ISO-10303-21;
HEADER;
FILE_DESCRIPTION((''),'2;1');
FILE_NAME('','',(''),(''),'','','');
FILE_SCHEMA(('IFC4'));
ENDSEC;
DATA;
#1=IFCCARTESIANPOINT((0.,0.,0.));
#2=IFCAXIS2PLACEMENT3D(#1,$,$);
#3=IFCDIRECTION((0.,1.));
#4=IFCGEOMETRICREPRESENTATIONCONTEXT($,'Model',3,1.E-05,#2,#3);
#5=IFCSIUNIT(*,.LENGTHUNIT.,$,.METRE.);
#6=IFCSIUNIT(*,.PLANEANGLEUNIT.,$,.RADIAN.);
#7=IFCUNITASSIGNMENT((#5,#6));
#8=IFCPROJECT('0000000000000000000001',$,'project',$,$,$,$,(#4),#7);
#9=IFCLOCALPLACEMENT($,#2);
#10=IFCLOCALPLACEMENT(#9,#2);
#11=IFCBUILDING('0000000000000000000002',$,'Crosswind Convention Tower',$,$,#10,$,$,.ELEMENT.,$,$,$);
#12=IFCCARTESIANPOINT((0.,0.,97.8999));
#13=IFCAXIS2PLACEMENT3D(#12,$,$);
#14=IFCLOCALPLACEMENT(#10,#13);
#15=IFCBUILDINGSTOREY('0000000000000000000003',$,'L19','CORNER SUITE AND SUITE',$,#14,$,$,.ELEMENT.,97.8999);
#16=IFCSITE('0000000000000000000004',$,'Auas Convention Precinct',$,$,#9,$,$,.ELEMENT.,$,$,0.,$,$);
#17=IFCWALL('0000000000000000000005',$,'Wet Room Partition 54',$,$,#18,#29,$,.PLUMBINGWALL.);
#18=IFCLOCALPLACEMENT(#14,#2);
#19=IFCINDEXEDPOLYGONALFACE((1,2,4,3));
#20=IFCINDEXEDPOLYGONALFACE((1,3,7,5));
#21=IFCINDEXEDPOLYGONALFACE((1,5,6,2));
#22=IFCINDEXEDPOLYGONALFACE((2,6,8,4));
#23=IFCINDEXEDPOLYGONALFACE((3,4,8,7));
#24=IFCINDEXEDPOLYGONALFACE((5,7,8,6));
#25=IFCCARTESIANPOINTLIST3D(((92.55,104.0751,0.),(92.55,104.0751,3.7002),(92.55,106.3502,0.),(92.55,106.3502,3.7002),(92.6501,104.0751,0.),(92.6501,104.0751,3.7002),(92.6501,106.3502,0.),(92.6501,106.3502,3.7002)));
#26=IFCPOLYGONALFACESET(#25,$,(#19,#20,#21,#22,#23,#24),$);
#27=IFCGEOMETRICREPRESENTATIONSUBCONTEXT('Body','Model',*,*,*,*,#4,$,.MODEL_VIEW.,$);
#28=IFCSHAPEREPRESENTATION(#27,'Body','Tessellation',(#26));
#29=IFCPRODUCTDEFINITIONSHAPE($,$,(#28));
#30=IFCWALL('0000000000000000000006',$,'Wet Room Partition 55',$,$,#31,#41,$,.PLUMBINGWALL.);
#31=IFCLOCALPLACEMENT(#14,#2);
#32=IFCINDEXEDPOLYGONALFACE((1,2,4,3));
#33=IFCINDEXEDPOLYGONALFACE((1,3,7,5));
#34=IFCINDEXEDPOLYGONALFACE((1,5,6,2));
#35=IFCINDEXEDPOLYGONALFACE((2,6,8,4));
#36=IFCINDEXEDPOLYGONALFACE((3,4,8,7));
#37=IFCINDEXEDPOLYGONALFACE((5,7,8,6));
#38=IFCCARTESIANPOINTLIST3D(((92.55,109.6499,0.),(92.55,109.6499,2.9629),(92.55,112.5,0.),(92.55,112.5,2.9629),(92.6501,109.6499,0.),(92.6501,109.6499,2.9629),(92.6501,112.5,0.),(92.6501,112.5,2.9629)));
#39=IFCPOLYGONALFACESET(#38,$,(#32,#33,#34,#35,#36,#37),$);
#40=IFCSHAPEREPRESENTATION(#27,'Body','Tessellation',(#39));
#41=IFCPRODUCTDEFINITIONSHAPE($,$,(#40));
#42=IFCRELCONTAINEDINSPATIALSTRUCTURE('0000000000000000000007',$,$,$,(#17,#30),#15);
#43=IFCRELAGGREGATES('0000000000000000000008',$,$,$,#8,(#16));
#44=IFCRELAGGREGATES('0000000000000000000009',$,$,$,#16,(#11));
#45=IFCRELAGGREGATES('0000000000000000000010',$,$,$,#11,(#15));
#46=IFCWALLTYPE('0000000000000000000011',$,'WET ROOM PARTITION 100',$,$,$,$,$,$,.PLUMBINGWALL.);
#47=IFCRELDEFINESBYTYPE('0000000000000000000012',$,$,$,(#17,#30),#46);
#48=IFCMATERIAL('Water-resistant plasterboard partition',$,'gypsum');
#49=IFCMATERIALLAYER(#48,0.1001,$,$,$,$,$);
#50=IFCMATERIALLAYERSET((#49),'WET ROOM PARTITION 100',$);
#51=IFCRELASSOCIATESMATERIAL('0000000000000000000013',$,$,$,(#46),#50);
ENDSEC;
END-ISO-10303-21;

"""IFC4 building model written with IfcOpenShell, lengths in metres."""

from ifc_helpers import new_model, si_unit, direction, frame, frame_2d, origin, place, context, subcontext, project, spatial, rectangle, extrude, material, layer, layer_set, type_object, element, save


model = new_model("IFC4")

# Units and contexts
model_context = context("Model", 3, precision=1e-05, world=origin(), true_north=direction((0.0, 1.0)))
body_context = subcontext(model_context, "Body", "Model", "MODEL_VIEW")
ifc_project = project(units=[si_unit("LENGTHUNIT", "METRE"), si_unit("PLANEANGLEUNIT", "RADIAN")], contexts=[model_context])

# Site, building, storey
site_placement = place(None, origin())
site = spatial("IfcSite", under=ifc_project, at=site_placement, Name="Auas Convention Precinct", CompositionType="ELEMENT", RefElevation=0.0)
building_placement = place(site_placement, origin())
building = spatial("IfcBuilding", under=site, at=building_placement, Name="Crosswind Convention Tower", CompositionType="ELEMENT")
storey_placement = place(building_placement, frame((0.0, 0.0, 97.8999)))
storey = spatial("IfcBuildingStorey", under=building, at=storey_placement, Name="L19", Description="CORNER SUITE AND SUITE", CompositionType="ELEMENT", Elevation=97.8999)

# Shared definitions
ifc_material_1 = material(Name="Water-resistant plasterboard partition", Category="gypsum")
ifc_layer_1 = layer(ifc_material_1, 0.1001)
ifc_layer_set_1 = layer_set([ifc_layer_1], Name="WET ROOM PARTITION 100")
wall_type_1 = type_object("IfcWallType", Name="WET ROOM PARTITION 100", PredefinedType="PLUMBINGWALL", material=ifc_layer_set_1)

# Walls
for number, where, z_axis, x_axis, name in (
    (1, (92.6001, 104.075, 0.0), (0.0, 0.0, 1.0), (0.0, 1.0, 0.0), "Wet Room Partition 54"),
):
    element("IfcWall", number, at=place(storey_placement, frame(where, z_axis=z_axis, x_axis=x_axis)), inside=storey, type_object=wall_type_1, Name=name, PredefinedType="PLUMBINGWALL", context=body_context, shape_type="SweptSolid", body=[
        extrude(rectangle(XDim=2.2751, YDim=0.1001, at=frame_2d((1.1377, 0.0))), origin(), (0.0, 0.0, 1.0), 3.7002),
    ])
wall_1_placement = place(storey_placement, frame((92.6001, 109.6499, 0.0), z_axis=(0.0, 0.0, 1.0), x_axis=(0.0, 1.0, 0.0)))
element("IfcWall", 2, at=wall_1_placement, inside=storey, type_object=wall_type_1, Name="Wet Room Partition 55", PredefinedType="PLUMBINGWALL", context=body_context, shape_type="SweptSolid", body=[
    extrude(rectangle(XDim=2.8501, YDim=0.1001, at=frame_2d((1.425, 0.0))), origin(), (0.0, 0.0, 1.0), 2.9629),
])

save(model, "model.ifc")
